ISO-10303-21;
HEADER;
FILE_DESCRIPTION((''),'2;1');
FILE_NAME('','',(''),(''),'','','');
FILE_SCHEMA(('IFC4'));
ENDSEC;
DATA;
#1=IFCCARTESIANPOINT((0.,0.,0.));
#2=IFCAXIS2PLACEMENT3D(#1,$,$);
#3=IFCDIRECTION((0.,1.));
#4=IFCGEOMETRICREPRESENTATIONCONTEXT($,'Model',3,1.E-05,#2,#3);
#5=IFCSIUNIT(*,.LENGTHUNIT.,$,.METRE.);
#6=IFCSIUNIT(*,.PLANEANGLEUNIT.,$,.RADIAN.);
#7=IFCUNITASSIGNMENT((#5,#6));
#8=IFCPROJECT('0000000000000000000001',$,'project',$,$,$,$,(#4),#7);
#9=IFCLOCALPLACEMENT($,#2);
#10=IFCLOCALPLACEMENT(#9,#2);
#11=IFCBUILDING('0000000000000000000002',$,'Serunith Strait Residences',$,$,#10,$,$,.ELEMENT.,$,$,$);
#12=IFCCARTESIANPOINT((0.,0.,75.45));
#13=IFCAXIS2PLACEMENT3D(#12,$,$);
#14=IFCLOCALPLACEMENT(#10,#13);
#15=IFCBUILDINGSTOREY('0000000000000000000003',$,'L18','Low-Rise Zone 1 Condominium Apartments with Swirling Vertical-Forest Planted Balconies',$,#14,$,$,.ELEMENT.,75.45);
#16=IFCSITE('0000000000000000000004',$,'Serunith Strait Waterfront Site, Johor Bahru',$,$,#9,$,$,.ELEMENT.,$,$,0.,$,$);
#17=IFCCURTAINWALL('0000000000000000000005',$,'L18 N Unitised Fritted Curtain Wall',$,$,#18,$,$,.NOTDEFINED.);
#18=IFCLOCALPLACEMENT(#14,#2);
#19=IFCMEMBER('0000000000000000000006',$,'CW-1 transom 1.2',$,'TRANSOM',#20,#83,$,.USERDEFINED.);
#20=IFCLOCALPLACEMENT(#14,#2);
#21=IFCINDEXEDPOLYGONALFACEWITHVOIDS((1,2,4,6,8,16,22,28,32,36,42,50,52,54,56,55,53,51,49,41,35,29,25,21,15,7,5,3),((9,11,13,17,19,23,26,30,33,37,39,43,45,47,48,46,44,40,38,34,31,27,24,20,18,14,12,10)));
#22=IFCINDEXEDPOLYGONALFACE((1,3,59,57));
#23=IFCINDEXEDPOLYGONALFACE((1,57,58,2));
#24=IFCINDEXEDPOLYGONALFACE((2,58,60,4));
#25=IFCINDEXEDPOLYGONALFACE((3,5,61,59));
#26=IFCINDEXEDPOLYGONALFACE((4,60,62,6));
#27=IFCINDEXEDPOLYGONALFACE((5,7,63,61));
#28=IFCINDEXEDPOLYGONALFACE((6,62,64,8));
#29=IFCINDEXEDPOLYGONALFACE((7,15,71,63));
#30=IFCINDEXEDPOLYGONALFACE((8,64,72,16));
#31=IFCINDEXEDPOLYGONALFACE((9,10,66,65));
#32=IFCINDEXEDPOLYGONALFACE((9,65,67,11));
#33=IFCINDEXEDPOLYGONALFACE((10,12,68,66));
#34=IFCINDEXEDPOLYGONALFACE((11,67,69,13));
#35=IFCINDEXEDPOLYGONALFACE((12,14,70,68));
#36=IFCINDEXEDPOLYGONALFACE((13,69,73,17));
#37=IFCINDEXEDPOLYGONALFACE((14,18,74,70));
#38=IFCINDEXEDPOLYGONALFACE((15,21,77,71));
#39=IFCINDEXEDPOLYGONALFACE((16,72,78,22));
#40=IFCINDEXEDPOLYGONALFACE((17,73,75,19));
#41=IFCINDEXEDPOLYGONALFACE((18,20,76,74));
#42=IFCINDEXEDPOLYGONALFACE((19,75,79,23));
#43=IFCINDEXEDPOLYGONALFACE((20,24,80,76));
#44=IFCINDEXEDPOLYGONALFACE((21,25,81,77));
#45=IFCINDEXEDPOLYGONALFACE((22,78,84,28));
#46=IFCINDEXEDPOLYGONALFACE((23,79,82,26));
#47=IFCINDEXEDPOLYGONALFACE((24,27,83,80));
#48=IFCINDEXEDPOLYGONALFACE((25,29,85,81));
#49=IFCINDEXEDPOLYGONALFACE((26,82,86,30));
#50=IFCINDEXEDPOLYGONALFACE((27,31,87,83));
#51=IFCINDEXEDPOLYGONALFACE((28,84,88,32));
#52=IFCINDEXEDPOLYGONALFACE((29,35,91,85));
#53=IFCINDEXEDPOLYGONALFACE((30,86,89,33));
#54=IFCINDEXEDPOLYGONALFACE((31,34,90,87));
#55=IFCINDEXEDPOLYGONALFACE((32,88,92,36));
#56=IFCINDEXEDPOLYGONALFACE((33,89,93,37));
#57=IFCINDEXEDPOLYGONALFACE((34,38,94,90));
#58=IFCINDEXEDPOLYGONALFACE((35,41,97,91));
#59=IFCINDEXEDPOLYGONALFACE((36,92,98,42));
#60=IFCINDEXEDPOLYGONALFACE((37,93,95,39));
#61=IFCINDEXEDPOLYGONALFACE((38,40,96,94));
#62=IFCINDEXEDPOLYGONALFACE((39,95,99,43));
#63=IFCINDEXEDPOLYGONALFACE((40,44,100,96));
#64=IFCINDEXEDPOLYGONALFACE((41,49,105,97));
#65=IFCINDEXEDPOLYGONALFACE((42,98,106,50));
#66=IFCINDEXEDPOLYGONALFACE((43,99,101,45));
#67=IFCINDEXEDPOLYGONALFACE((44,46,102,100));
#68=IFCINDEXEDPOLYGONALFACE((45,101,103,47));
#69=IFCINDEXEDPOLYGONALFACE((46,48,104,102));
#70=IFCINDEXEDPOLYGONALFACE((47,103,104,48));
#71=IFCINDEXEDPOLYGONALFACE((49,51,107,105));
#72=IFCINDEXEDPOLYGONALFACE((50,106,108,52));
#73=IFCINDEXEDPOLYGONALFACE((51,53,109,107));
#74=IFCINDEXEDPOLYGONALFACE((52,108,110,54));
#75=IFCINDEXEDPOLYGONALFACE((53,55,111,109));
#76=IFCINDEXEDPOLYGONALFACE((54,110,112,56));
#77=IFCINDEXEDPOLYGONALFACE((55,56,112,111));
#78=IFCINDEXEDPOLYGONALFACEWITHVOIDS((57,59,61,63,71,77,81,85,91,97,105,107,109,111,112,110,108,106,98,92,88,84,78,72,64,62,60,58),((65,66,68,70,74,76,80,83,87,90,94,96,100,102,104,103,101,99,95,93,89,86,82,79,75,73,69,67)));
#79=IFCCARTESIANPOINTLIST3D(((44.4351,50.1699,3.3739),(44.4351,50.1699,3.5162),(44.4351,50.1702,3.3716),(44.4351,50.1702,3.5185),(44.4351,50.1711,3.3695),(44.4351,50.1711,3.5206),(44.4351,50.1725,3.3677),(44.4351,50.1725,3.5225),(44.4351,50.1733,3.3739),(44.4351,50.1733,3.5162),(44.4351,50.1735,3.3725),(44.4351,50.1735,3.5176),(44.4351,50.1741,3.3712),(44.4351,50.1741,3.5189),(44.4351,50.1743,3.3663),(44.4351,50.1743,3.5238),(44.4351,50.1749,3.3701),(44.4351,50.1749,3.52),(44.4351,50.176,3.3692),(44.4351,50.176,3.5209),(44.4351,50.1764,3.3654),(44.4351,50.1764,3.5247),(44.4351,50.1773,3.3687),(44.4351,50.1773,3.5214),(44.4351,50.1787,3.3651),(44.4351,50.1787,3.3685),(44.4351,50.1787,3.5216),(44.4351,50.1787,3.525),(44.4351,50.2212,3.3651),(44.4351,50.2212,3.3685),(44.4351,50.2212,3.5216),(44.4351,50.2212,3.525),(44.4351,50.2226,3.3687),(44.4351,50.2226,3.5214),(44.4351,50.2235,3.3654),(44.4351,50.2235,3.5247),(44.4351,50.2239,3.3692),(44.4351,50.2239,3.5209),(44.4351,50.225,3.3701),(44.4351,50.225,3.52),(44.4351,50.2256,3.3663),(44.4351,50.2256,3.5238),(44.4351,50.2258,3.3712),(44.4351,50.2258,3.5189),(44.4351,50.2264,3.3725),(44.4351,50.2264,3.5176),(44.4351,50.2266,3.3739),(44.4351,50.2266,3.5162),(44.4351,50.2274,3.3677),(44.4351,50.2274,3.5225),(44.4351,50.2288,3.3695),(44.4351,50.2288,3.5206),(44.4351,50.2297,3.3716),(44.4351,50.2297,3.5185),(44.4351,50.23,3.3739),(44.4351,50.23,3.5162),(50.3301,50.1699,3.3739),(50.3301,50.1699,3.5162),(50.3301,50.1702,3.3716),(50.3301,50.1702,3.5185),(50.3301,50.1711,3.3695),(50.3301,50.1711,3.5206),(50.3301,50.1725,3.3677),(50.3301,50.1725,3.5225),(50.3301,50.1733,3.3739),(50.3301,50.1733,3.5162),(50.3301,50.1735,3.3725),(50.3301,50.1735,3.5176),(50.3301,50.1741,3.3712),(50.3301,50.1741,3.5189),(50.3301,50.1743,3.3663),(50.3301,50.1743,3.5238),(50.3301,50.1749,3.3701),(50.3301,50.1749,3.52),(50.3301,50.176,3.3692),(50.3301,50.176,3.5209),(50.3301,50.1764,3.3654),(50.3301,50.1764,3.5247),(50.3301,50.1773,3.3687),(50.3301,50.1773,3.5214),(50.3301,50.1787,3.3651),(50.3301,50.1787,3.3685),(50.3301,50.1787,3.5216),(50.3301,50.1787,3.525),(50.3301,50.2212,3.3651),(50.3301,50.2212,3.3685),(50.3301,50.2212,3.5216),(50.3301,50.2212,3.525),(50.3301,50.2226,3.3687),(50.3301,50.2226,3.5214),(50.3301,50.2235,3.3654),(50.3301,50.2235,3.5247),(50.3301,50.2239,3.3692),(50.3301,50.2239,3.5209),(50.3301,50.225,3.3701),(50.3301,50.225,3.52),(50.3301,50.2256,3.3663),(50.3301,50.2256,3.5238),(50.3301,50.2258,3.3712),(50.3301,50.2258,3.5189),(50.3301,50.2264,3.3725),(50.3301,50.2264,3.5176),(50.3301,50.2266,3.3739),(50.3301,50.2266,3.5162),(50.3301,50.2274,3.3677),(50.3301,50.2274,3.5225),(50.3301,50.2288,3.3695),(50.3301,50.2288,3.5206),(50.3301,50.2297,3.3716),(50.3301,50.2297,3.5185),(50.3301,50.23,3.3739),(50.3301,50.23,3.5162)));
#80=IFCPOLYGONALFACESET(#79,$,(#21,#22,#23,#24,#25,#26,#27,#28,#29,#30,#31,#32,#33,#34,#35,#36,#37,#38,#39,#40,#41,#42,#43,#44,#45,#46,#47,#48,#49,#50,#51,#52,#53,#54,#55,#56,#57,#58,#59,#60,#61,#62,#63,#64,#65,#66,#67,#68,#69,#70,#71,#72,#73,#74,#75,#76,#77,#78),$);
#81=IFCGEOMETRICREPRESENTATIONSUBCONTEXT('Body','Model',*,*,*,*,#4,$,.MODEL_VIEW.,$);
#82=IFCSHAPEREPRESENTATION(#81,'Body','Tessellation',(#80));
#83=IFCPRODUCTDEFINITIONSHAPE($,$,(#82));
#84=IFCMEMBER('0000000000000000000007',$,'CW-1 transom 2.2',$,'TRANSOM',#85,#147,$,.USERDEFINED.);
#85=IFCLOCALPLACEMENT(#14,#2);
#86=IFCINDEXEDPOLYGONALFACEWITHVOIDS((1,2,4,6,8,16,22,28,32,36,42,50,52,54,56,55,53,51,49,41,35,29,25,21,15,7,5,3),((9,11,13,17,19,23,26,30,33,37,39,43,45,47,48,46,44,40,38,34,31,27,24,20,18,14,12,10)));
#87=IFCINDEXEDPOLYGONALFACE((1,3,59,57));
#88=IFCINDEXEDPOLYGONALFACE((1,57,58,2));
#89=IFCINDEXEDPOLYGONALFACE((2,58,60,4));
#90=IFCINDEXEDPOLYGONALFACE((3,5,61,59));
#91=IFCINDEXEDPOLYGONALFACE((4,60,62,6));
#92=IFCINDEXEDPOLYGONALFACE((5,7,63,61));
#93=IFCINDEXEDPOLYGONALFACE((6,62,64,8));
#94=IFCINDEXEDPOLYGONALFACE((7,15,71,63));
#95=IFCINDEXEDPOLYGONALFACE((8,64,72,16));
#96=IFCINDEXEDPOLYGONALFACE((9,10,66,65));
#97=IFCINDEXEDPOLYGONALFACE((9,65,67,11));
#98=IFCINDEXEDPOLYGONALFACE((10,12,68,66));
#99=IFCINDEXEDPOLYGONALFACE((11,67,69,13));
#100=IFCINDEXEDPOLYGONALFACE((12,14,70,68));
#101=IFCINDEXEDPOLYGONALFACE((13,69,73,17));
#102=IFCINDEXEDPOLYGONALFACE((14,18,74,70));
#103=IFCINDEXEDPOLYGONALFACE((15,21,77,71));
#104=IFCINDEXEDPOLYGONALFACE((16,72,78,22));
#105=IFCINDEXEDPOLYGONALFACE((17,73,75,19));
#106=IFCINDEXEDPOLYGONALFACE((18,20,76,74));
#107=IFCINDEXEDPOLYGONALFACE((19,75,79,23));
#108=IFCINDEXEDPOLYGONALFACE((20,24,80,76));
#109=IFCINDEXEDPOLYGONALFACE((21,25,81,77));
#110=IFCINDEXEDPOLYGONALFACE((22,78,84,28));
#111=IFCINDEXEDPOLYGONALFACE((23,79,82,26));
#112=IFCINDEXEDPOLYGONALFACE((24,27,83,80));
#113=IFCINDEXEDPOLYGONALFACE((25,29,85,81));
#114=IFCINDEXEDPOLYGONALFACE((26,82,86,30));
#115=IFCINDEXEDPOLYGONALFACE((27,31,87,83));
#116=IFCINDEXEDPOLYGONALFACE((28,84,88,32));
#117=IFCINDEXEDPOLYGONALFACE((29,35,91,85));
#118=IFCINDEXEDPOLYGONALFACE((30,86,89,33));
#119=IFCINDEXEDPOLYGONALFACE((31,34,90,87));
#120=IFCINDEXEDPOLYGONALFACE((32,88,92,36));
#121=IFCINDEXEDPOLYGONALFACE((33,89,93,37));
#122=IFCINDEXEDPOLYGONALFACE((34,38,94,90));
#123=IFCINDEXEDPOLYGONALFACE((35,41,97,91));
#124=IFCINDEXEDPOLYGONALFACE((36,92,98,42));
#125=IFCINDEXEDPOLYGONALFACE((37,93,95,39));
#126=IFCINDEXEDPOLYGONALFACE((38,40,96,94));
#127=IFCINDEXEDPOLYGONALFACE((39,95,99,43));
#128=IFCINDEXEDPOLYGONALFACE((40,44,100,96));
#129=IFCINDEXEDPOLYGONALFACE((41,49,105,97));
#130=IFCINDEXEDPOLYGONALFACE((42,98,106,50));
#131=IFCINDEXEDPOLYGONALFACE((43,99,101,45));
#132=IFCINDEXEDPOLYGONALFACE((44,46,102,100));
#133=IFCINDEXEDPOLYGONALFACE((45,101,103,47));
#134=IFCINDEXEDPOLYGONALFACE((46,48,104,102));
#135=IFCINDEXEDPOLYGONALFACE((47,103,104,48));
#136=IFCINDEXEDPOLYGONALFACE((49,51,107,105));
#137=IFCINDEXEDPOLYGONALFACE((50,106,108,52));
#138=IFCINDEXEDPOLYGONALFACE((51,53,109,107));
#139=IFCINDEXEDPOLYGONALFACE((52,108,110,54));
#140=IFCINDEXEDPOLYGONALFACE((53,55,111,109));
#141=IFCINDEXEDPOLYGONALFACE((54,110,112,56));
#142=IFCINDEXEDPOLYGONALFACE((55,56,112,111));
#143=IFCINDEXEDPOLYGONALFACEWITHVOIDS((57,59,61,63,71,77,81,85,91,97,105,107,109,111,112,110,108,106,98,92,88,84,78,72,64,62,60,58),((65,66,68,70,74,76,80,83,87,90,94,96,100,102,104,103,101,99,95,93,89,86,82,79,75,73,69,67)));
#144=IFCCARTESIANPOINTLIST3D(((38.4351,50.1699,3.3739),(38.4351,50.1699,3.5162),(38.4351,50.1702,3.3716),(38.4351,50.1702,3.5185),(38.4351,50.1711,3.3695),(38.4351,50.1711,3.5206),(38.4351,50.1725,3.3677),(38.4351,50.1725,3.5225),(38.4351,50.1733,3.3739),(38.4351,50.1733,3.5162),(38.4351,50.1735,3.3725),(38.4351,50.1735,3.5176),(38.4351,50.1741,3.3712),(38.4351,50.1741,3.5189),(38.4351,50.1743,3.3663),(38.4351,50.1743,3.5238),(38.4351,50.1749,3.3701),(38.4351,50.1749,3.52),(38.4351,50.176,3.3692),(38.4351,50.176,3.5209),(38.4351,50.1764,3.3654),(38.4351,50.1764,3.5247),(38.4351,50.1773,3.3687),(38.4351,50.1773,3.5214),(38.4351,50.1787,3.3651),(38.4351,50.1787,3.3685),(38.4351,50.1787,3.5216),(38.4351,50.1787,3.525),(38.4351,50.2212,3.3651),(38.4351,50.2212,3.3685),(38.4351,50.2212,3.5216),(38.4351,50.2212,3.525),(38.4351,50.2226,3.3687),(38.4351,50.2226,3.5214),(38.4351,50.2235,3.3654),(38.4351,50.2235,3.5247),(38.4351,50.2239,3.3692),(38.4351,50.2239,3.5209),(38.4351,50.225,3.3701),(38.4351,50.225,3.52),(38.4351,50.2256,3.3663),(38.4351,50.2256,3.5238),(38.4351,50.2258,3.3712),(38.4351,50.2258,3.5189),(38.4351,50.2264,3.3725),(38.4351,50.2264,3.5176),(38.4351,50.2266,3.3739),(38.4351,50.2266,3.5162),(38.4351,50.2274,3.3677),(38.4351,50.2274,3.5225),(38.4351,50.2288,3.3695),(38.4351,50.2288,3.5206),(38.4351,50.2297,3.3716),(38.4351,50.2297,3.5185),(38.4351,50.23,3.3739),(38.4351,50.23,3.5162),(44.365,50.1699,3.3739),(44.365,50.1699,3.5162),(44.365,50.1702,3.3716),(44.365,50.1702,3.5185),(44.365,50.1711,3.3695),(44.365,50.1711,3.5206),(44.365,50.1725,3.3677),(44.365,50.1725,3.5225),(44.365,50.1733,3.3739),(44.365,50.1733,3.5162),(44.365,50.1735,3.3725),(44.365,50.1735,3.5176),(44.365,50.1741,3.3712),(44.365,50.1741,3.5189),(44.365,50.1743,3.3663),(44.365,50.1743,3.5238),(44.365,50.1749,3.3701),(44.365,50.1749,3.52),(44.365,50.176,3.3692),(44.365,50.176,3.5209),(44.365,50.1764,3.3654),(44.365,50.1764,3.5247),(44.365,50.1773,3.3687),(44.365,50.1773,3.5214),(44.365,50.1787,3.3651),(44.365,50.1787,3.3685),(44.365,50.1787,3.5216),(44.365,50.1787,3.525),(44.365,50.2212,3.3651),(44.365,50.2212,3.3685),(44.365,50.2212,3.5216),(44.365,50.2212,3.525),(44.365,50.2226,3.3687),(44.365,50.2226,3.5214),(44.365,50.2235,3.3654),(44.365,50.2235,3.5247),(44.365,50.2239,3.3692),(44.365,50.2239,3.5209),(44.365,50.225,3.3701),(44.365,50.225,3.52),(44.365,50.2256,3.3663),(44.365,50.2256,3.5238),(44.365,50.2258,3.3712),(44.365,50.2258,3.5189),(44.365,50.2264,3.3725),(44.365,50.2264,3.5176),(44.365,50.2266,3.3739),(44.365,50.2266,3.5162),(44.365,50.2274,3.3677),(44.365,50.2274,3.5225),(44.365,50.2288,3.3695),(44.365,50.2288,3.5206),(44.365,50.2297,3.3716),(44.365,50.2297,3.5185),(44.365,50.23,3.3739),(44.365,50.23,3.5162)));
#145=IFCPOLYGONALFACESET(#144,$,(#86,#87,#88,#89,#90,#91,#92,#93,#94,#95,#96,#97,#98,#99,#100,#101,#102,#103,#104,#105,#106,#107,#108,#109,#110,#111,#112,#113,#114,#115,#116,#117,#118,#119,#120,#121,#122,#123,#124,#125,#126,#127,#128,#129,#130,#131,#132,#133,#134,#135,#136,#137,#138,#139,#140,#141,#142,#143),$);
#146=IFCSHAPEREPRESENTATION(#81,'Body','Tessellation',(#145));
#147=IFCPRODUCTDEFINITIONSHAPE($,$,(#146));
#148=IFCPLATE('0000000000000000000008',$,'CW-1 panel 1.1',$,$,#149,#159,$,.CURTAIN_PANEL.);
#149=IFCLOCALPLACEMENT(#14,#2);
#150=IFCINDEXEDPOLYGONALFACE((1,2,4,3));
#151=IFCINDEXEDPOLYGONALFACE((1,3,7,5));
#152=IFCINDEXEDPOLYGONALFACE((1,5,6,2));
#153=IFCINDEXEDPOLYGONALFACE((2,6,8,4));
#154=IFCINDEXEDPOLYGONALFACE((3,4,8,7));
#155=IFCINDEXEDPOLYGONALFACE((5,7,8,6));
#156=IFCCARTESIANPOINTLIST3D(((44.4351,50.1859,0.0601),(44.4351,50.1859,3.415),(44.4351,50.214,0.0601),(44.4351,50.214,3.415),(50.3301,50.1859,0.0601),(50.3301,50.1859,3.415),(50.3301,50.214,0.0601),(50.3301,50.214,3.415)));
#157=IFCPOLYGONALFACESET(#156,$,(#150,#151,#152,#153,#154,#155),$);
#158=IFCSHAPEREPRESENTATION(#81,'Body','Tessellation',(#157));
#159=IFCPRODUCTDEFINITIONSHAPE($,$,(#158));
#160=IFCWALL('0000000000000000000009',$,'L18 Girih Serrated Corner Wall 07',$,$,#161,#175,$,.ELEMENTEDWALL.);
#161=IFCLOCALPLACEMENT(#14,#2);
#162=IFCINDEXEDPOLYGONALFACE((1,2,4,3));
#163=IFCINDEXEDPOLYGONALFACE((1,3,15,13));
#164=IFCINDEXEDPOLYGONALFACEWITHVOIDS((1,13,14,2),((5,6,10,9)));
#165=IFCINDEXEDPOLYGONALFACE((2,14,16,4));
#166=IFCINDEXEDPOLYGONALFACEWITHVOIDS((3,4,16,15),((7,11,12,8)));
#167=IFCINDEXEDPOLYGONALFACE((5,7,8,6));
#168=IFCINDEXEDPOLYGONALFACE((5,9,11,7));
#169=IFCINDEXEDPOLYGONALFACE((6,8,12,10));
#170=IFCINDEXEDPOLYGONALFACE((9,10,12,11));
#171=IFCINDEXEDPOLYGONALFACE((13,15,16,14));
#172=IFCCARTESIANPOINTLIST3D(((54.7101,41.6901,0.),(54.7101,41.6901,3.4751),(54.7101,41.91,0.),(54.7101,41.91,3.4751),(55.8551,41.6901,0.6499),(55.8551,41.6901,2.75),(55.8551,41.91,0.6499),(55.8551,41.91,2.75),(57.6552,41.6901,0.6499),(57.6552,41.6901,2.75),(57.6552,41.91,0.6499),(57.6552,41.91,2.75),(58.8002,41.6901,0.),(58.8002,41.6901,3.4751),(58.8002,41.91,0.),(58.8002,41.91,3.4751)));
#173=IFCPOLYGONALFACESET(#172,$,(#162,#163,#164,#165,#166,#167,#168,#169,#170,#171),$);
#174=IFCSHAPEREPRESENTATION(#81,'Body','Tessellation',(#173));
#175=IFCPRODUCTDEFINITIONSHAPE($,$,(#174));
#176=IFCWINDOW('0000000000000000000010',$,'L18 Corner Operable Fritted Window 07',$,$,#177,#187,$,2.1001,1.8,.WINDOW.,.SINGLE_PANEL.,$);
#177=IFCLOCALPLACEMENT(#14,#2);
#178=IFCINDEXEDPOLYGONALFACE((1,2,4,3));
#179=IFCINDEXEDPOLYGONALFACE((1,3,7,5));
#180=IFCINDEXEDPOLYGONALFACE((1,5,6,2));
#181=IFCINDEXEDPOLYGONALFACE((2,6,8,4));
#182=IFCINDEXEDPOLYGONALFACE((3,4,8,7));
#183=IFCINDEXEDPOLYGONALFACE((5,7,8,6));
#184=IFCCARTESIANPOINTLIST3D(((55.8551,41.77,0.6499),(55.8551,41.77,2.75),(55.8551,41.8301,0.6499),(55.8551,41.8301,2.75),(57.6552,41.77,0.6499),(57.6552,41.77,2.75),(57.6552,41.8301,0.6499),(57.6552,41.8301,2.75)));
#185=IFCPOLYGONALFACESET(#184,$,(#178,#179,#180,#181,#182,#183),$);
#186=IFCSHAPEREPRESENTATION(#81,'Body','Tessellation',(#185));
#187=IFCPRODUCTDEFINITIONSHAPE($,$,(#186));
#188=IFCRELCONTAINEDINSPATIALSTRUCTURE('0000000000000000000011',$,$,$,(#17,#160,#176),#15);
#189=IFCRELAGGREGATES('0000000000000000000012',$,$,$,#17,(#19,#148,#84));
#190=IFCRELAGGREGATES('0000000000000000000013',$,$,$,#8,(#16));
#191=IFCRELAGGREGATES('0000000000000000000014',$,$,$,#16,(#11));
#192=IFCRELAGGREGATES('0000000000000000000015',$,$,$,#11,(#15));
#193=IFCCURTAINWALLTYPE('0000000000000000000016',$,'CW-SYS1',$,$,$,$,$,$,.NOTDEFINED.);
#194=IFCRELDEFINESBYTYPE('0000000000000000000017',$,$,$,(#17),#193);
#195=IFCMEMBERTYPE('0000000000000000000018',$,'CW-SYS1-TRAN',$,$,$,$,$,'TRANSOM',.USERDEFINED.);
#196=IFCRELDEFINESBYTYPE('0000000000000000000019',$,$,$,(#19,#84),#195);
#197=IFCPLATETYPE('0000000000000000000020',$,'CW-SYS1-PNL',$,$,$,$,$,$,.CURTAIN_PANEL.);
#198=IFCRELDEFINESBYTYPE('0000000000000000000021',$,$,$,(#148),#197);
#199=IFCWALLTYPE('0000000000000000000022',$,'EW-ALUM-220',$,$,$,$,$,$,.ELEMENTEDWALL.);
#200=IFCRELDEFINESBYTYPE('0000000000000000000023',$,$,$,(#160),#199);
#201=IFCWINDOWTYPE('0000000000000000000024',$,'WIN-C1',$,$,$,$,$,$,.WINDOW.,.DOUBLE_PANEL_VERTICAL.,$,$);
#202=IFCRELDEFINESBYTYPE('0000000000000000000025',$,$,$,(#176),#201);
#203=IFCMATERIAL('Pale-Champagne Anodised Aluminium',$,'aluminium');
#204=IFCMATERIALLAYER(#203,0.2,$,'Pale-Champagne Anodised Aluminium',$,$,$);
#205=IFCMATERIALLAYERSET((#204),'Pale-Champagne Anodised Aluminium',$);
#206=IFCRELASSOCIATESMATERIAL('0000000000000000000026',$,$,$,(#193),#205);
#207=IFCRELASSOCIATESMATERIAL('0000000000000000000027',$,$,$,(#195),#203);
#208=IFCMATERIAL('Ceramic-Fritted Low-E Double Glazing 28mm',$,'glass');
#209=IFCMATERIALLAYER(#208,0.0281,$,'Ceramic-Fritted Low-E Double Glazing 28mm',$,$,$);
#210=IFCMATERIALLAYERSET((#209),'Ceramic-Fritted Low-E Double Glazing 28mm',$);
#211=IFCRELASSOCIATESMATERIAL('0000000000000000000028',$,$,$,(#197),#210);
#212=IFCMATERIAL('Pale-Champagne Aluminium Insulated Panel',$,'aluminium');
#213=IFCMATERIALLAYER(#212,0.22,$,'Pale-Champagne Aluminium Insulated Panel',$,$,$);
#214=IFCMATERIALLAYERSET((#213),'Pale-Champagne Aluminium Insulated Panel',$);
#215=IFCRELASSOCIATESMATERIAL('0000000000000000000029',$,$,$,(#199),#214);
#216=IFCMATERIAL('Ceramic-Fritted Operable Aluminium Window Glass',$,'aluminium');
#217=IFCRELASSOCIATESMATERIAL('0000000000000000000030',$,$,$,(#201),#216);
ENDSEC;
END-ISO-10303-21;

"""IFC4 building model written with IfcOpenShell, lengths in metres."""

from ifc_helpers import new_model, si_unit, direction, frame, frame_2d, origin, origin_2d, place, context, subcontext, project, spatial, rectangle, hollow_rectangle, extrude, source, transform, mapped, material, layer, layer_set, material_profile, profile_set, type_object, element, fill, aggregate, save


model = new_model("IFC4")

# Units and contexts
model_context = context("Model", 3, precision=1e-05, world=origin(), true_north=direction((0.0, 1.0)))
body_context = subcontext(model_context, "Body", "Model", "MODEL_VIEW")
ifc_project = project(units=[si_unit("LENGTHUNIT", "METRE"), si_unit("PLANEANGLEUNIT", "RADIAN")], contexts=[model_context])

# Site, building, storey
site_placement = place(None, origin())
site = spatial("IfcSite", under=ifc_project, at=site_placement, Name="Serunith Strait Waterfront Site, Johor Bahru", CompositionType="ELEMENT", RefElevation=0.0)
building_placement = place(site_placement, origin())
building = spatial("IfcBuilding", under=site, at=building_placement, Name="Serunith Strait Residences", CompositionType="ELEMENT")
storey_placement = place(building_placement, frame((0.0, 0.0, 75.45)))
storey = spatial("IfcBuildingStorey", under=building, at=storey_placement, Name="L18", Description="Low-Rise Zone 1 Condominium Apartments with Swirling Vertical-Forest Planted Balconies", CompositionType="ELEMENT", Elevation=75.45)

# Shared definitions
ifc_material_1 = material(Name="Pale-Champagne Anodised Aluminium", Category="aluminium")
ifc_layer_1 = layer(ifc_material_1, 0.2, Name="Pale-Champagne Anodised Aluminium")
ifc_layer_set_1 = layer_set([ifc_layer_1], Name="Pale-Champagne Anodised Aluminium")
curtain_wall_type = type_object("IfcCurtainWallType", Name="CW-SYS1", PredefinedType="NOTDEFINED", material=ifc_layer_set_1)

# Curtain wall, members, plate
curtain_wall_1_placement = place(storey_placement, origin())
curtain_wall_1 = element("IfcCurtainWall", 1, at=curtain_wall_1_placement, inside=storey, type_object=curtain_wall_type, Name="L18 N Unitised Fritted Curtain Wall", PredefinedType="NOTDEFINED")
ifc_material_profile_1 = material_profile(ifc_material_1, hollow_rectangle(XDim=0.0601, YDim=0.1599, WallThickness=0.0034, InnerFilletRadius=0.0054, OuterFilletRadius=0.0088, at=origin_2d()), Name="ALU 160x60x3.5")
ifc_profile_set_1 = profile_set([ifc_material_profile_1], Name="Pale-Champagne Anodised Aluminium")
member_type_1 = type_object("IfcMemberType", Name="CW-SYS1-TRAN", ElementType="TRANSOM", PredefinedType="USERDEFINED", material=ifc_profile_set_1)
shared_shape_1 = source(origin(), body_context, "Body", "SweptSolid", [
    extrude(hollow_rectangle(XDim=0.0601, YDim=0.1599, WallThickness=0.0034, InnerFilletRadius=0.0054, OuterFilletRadius=0.0088, at=origin_2d()), origin(), (0.0, 0.0, 1.0), 5.895),
])
member_1_placement = place(storey_placement, frame((50.3301, 50.2, 3.4451), z_axis=(-1.0, 0.0, 0.0), x_axis=(0.0, -1.0, 0.0)))
member_1 = element("IfcMember", 2, at=member_1_placement, type_object=member_type_1, Name="CW-1 transom 1.2", ObjectType="TRANSOM", PredefinedType="USERDEFINED", context=body_context, shape_type="MappedRepresentation", body=[
    mapped(shared_shape_1, transform((0.0, 0.0, 0.0), scale=1.0)),
])
shared_shape_2 = source(origin(), body_context, "Body", "SweptSolid", [
    extrude(hollow_rectangle(XDim=0.0601, YDim=0.1599, WallThickness=0.0034, InnerFilletRadius=0.0054, OuterFilletRadius=0.0088, at=origin_2d()), origin(), (0.0, 0.0, 1.0), 5.9299),
])
member_2_placement = place(storey_placement, frame((44.365, 50.2, 3.4451), z_axis=(-1.0, 0.0, 0.0), x_axis=(0.0, -1.0, 0.0)))
member_2 = element("IfcMember", 3, at=member_2_placement, type_object=member_type_1, Name="CW-1 transom 2.2", ObjectType="TRANSOM", PredefinedType="USERDEFINED", context=body_context, shape_type="MappedRepresentation", body=[
    mapped(shared_shape_2, transform((0.0, 0.0, 0.0), scale=1.0)),
])
ifc_material_2 = material(Name="Ceramic-Fritted Low-E Double Glazing 28mm", Category="glass")
ifc_layer_2 = layer(ifc_material_2, 0.0281, Name="Ceramic-Fritted Low-E Double Glazing 28mm")
ifc_layer_set_2 = layer_set([ifc_layer_2], Name="Ceramic-Fritted Low-E Double Glazing 28mm")
plate_type = type_object("IfcPlateType", Name="CW-SYS1-PNL", PredefinedType="CURTAIN_PANEL", material=ifc_layer_set_2)
shared_shape_3 = source(origin(), body_context, "Body", "SweptSolid", [
    extrude(rectangle(XDim=5.895, YDim=0.0281, at=origin_2d()), origin(), (0.0, 0.0, 1.0), 3.355),
])
plate_placement = place(storey_placement, frame((47.3826, 50.2, 0.0601), z_axis=(0.0, 0.0, 1.0), x_axis=(-1.0, 0.0, 0.0)))
plate = element("IfcPlate", 4, at=plate_placement, type_object=plate_type, Name="CW-1 panel 1.1", PredefinedType="CURTAIN_PANEL", context=body_context, shape_type="MappedRepresentation", body=[
    mapped(shared_shape_3, transform((0.0, 0.0, 0.0), scale=1.0)),
])
aggregate(curtain_wall_1, [member_1, plate, member_2])

# Wall, opening, window
ifc_material_3 = material(Name="Pale-Champagne Aluminium Insulated Panel", Category="aluminium")
ifc_layer_3 = layer(ifc_material_3, 0.22, Name="Pale-Champagne Aluminium Insulated Panel")
ifc_layer_set_3 = layer_set([ifc_layer_3], Name="Pale-Champagne Aluminium Insulated Panel")
wall_type_1 = type_object("IfcWallType", Name="EW-ALUM-220", PredefinedType="ELEMENTEDWALL", material=ifc_layer_set_3)
wall_1_placement = place(storey_placement, frame((58.8, 41.8, 0.0), z_axis=(0.0, 0.0, 1.0), x_axis=(-1.0, 0.0, 0.0)))
wall_1 = element("IfcWall", 5, at=wall_1_placement, inside=storey, type_object=wall_type_1, Name="L18 Girih Serrated Corner Wall 07", PredefinedType="ELEMENTEDWALL", context=body_context, shape_type="SweptSolid", body=[
    extrude(rectangle(XDim=4.0901, YDim=0.22, at=frame_2d((2.0449, 0.0))), origin(), (0.0, 0.0, 1.0), 3.4751),
])
opening_1_placement = place(wall_1_placement, frame((1.145, 0.0, 0.6499)))
opening_1 = element("IfcOpeningElement", 6, at=opening_1_placement, cuts=wall_1, PredefinedType="OPENING", context=body_context, shape_type="SweptSolid", body=[
    extrude(rectangle(XDim=1.8, YDim=2.1001, at=frame_2d((0.8999, 1.05))), frame((0.0, 0.1201, 0.0), z_axis=(0.0, -1.0, 0.0), x_axis=(1.0, 0.0, 0.0)), (0.0, 0.0, 1.0), 0.24),
])
ifc_material_4 = material(Name="Ceramic-Fritted Operable Aluminium Window Glass", Category="aluminium")
window_type = type_object("IfcWindowType", Name="WIN-C1", PartitioningType="DOUBLE_PANEL_VERTICAL", PredefinedType="WINDOW", material=ifc_material_4)
shared_shape_4 = source(origin(), body_context, "Body", "SweptSolid", [
    extrude(rectangle(XDim=1.8, YDim=2.1001, at=frame_2d((0.8999, 1.05))), frame((0.0, 0.03, 0.0), z_axis=(0.0, -1.0, 0.0), x_axis=(1.0, 0.0, 0.0)), (0.0, 0.0, 1.0), 0.0601),
])
window_1_placement = place(opening_1_placement, origin())
window_1 = element("IfcWindow", 7, at=window_1_placement, inside=storey, type_object=window_type, Name="L18 Corner Operable Fritted Window 07", OverallHeight=2.1001, OverallWidth=1.8, PartitioningType="SINGLE_PANEL", PredefinedType="WINDOW", context=body_context, shape_type="MappedRepresentation", body=[
    mapped(shared_shape_4, transform((0.0, 0.0, 0.0), scale=1.0)),
])
fill(opening_1, window_1)

save(model, "model.ifc")
